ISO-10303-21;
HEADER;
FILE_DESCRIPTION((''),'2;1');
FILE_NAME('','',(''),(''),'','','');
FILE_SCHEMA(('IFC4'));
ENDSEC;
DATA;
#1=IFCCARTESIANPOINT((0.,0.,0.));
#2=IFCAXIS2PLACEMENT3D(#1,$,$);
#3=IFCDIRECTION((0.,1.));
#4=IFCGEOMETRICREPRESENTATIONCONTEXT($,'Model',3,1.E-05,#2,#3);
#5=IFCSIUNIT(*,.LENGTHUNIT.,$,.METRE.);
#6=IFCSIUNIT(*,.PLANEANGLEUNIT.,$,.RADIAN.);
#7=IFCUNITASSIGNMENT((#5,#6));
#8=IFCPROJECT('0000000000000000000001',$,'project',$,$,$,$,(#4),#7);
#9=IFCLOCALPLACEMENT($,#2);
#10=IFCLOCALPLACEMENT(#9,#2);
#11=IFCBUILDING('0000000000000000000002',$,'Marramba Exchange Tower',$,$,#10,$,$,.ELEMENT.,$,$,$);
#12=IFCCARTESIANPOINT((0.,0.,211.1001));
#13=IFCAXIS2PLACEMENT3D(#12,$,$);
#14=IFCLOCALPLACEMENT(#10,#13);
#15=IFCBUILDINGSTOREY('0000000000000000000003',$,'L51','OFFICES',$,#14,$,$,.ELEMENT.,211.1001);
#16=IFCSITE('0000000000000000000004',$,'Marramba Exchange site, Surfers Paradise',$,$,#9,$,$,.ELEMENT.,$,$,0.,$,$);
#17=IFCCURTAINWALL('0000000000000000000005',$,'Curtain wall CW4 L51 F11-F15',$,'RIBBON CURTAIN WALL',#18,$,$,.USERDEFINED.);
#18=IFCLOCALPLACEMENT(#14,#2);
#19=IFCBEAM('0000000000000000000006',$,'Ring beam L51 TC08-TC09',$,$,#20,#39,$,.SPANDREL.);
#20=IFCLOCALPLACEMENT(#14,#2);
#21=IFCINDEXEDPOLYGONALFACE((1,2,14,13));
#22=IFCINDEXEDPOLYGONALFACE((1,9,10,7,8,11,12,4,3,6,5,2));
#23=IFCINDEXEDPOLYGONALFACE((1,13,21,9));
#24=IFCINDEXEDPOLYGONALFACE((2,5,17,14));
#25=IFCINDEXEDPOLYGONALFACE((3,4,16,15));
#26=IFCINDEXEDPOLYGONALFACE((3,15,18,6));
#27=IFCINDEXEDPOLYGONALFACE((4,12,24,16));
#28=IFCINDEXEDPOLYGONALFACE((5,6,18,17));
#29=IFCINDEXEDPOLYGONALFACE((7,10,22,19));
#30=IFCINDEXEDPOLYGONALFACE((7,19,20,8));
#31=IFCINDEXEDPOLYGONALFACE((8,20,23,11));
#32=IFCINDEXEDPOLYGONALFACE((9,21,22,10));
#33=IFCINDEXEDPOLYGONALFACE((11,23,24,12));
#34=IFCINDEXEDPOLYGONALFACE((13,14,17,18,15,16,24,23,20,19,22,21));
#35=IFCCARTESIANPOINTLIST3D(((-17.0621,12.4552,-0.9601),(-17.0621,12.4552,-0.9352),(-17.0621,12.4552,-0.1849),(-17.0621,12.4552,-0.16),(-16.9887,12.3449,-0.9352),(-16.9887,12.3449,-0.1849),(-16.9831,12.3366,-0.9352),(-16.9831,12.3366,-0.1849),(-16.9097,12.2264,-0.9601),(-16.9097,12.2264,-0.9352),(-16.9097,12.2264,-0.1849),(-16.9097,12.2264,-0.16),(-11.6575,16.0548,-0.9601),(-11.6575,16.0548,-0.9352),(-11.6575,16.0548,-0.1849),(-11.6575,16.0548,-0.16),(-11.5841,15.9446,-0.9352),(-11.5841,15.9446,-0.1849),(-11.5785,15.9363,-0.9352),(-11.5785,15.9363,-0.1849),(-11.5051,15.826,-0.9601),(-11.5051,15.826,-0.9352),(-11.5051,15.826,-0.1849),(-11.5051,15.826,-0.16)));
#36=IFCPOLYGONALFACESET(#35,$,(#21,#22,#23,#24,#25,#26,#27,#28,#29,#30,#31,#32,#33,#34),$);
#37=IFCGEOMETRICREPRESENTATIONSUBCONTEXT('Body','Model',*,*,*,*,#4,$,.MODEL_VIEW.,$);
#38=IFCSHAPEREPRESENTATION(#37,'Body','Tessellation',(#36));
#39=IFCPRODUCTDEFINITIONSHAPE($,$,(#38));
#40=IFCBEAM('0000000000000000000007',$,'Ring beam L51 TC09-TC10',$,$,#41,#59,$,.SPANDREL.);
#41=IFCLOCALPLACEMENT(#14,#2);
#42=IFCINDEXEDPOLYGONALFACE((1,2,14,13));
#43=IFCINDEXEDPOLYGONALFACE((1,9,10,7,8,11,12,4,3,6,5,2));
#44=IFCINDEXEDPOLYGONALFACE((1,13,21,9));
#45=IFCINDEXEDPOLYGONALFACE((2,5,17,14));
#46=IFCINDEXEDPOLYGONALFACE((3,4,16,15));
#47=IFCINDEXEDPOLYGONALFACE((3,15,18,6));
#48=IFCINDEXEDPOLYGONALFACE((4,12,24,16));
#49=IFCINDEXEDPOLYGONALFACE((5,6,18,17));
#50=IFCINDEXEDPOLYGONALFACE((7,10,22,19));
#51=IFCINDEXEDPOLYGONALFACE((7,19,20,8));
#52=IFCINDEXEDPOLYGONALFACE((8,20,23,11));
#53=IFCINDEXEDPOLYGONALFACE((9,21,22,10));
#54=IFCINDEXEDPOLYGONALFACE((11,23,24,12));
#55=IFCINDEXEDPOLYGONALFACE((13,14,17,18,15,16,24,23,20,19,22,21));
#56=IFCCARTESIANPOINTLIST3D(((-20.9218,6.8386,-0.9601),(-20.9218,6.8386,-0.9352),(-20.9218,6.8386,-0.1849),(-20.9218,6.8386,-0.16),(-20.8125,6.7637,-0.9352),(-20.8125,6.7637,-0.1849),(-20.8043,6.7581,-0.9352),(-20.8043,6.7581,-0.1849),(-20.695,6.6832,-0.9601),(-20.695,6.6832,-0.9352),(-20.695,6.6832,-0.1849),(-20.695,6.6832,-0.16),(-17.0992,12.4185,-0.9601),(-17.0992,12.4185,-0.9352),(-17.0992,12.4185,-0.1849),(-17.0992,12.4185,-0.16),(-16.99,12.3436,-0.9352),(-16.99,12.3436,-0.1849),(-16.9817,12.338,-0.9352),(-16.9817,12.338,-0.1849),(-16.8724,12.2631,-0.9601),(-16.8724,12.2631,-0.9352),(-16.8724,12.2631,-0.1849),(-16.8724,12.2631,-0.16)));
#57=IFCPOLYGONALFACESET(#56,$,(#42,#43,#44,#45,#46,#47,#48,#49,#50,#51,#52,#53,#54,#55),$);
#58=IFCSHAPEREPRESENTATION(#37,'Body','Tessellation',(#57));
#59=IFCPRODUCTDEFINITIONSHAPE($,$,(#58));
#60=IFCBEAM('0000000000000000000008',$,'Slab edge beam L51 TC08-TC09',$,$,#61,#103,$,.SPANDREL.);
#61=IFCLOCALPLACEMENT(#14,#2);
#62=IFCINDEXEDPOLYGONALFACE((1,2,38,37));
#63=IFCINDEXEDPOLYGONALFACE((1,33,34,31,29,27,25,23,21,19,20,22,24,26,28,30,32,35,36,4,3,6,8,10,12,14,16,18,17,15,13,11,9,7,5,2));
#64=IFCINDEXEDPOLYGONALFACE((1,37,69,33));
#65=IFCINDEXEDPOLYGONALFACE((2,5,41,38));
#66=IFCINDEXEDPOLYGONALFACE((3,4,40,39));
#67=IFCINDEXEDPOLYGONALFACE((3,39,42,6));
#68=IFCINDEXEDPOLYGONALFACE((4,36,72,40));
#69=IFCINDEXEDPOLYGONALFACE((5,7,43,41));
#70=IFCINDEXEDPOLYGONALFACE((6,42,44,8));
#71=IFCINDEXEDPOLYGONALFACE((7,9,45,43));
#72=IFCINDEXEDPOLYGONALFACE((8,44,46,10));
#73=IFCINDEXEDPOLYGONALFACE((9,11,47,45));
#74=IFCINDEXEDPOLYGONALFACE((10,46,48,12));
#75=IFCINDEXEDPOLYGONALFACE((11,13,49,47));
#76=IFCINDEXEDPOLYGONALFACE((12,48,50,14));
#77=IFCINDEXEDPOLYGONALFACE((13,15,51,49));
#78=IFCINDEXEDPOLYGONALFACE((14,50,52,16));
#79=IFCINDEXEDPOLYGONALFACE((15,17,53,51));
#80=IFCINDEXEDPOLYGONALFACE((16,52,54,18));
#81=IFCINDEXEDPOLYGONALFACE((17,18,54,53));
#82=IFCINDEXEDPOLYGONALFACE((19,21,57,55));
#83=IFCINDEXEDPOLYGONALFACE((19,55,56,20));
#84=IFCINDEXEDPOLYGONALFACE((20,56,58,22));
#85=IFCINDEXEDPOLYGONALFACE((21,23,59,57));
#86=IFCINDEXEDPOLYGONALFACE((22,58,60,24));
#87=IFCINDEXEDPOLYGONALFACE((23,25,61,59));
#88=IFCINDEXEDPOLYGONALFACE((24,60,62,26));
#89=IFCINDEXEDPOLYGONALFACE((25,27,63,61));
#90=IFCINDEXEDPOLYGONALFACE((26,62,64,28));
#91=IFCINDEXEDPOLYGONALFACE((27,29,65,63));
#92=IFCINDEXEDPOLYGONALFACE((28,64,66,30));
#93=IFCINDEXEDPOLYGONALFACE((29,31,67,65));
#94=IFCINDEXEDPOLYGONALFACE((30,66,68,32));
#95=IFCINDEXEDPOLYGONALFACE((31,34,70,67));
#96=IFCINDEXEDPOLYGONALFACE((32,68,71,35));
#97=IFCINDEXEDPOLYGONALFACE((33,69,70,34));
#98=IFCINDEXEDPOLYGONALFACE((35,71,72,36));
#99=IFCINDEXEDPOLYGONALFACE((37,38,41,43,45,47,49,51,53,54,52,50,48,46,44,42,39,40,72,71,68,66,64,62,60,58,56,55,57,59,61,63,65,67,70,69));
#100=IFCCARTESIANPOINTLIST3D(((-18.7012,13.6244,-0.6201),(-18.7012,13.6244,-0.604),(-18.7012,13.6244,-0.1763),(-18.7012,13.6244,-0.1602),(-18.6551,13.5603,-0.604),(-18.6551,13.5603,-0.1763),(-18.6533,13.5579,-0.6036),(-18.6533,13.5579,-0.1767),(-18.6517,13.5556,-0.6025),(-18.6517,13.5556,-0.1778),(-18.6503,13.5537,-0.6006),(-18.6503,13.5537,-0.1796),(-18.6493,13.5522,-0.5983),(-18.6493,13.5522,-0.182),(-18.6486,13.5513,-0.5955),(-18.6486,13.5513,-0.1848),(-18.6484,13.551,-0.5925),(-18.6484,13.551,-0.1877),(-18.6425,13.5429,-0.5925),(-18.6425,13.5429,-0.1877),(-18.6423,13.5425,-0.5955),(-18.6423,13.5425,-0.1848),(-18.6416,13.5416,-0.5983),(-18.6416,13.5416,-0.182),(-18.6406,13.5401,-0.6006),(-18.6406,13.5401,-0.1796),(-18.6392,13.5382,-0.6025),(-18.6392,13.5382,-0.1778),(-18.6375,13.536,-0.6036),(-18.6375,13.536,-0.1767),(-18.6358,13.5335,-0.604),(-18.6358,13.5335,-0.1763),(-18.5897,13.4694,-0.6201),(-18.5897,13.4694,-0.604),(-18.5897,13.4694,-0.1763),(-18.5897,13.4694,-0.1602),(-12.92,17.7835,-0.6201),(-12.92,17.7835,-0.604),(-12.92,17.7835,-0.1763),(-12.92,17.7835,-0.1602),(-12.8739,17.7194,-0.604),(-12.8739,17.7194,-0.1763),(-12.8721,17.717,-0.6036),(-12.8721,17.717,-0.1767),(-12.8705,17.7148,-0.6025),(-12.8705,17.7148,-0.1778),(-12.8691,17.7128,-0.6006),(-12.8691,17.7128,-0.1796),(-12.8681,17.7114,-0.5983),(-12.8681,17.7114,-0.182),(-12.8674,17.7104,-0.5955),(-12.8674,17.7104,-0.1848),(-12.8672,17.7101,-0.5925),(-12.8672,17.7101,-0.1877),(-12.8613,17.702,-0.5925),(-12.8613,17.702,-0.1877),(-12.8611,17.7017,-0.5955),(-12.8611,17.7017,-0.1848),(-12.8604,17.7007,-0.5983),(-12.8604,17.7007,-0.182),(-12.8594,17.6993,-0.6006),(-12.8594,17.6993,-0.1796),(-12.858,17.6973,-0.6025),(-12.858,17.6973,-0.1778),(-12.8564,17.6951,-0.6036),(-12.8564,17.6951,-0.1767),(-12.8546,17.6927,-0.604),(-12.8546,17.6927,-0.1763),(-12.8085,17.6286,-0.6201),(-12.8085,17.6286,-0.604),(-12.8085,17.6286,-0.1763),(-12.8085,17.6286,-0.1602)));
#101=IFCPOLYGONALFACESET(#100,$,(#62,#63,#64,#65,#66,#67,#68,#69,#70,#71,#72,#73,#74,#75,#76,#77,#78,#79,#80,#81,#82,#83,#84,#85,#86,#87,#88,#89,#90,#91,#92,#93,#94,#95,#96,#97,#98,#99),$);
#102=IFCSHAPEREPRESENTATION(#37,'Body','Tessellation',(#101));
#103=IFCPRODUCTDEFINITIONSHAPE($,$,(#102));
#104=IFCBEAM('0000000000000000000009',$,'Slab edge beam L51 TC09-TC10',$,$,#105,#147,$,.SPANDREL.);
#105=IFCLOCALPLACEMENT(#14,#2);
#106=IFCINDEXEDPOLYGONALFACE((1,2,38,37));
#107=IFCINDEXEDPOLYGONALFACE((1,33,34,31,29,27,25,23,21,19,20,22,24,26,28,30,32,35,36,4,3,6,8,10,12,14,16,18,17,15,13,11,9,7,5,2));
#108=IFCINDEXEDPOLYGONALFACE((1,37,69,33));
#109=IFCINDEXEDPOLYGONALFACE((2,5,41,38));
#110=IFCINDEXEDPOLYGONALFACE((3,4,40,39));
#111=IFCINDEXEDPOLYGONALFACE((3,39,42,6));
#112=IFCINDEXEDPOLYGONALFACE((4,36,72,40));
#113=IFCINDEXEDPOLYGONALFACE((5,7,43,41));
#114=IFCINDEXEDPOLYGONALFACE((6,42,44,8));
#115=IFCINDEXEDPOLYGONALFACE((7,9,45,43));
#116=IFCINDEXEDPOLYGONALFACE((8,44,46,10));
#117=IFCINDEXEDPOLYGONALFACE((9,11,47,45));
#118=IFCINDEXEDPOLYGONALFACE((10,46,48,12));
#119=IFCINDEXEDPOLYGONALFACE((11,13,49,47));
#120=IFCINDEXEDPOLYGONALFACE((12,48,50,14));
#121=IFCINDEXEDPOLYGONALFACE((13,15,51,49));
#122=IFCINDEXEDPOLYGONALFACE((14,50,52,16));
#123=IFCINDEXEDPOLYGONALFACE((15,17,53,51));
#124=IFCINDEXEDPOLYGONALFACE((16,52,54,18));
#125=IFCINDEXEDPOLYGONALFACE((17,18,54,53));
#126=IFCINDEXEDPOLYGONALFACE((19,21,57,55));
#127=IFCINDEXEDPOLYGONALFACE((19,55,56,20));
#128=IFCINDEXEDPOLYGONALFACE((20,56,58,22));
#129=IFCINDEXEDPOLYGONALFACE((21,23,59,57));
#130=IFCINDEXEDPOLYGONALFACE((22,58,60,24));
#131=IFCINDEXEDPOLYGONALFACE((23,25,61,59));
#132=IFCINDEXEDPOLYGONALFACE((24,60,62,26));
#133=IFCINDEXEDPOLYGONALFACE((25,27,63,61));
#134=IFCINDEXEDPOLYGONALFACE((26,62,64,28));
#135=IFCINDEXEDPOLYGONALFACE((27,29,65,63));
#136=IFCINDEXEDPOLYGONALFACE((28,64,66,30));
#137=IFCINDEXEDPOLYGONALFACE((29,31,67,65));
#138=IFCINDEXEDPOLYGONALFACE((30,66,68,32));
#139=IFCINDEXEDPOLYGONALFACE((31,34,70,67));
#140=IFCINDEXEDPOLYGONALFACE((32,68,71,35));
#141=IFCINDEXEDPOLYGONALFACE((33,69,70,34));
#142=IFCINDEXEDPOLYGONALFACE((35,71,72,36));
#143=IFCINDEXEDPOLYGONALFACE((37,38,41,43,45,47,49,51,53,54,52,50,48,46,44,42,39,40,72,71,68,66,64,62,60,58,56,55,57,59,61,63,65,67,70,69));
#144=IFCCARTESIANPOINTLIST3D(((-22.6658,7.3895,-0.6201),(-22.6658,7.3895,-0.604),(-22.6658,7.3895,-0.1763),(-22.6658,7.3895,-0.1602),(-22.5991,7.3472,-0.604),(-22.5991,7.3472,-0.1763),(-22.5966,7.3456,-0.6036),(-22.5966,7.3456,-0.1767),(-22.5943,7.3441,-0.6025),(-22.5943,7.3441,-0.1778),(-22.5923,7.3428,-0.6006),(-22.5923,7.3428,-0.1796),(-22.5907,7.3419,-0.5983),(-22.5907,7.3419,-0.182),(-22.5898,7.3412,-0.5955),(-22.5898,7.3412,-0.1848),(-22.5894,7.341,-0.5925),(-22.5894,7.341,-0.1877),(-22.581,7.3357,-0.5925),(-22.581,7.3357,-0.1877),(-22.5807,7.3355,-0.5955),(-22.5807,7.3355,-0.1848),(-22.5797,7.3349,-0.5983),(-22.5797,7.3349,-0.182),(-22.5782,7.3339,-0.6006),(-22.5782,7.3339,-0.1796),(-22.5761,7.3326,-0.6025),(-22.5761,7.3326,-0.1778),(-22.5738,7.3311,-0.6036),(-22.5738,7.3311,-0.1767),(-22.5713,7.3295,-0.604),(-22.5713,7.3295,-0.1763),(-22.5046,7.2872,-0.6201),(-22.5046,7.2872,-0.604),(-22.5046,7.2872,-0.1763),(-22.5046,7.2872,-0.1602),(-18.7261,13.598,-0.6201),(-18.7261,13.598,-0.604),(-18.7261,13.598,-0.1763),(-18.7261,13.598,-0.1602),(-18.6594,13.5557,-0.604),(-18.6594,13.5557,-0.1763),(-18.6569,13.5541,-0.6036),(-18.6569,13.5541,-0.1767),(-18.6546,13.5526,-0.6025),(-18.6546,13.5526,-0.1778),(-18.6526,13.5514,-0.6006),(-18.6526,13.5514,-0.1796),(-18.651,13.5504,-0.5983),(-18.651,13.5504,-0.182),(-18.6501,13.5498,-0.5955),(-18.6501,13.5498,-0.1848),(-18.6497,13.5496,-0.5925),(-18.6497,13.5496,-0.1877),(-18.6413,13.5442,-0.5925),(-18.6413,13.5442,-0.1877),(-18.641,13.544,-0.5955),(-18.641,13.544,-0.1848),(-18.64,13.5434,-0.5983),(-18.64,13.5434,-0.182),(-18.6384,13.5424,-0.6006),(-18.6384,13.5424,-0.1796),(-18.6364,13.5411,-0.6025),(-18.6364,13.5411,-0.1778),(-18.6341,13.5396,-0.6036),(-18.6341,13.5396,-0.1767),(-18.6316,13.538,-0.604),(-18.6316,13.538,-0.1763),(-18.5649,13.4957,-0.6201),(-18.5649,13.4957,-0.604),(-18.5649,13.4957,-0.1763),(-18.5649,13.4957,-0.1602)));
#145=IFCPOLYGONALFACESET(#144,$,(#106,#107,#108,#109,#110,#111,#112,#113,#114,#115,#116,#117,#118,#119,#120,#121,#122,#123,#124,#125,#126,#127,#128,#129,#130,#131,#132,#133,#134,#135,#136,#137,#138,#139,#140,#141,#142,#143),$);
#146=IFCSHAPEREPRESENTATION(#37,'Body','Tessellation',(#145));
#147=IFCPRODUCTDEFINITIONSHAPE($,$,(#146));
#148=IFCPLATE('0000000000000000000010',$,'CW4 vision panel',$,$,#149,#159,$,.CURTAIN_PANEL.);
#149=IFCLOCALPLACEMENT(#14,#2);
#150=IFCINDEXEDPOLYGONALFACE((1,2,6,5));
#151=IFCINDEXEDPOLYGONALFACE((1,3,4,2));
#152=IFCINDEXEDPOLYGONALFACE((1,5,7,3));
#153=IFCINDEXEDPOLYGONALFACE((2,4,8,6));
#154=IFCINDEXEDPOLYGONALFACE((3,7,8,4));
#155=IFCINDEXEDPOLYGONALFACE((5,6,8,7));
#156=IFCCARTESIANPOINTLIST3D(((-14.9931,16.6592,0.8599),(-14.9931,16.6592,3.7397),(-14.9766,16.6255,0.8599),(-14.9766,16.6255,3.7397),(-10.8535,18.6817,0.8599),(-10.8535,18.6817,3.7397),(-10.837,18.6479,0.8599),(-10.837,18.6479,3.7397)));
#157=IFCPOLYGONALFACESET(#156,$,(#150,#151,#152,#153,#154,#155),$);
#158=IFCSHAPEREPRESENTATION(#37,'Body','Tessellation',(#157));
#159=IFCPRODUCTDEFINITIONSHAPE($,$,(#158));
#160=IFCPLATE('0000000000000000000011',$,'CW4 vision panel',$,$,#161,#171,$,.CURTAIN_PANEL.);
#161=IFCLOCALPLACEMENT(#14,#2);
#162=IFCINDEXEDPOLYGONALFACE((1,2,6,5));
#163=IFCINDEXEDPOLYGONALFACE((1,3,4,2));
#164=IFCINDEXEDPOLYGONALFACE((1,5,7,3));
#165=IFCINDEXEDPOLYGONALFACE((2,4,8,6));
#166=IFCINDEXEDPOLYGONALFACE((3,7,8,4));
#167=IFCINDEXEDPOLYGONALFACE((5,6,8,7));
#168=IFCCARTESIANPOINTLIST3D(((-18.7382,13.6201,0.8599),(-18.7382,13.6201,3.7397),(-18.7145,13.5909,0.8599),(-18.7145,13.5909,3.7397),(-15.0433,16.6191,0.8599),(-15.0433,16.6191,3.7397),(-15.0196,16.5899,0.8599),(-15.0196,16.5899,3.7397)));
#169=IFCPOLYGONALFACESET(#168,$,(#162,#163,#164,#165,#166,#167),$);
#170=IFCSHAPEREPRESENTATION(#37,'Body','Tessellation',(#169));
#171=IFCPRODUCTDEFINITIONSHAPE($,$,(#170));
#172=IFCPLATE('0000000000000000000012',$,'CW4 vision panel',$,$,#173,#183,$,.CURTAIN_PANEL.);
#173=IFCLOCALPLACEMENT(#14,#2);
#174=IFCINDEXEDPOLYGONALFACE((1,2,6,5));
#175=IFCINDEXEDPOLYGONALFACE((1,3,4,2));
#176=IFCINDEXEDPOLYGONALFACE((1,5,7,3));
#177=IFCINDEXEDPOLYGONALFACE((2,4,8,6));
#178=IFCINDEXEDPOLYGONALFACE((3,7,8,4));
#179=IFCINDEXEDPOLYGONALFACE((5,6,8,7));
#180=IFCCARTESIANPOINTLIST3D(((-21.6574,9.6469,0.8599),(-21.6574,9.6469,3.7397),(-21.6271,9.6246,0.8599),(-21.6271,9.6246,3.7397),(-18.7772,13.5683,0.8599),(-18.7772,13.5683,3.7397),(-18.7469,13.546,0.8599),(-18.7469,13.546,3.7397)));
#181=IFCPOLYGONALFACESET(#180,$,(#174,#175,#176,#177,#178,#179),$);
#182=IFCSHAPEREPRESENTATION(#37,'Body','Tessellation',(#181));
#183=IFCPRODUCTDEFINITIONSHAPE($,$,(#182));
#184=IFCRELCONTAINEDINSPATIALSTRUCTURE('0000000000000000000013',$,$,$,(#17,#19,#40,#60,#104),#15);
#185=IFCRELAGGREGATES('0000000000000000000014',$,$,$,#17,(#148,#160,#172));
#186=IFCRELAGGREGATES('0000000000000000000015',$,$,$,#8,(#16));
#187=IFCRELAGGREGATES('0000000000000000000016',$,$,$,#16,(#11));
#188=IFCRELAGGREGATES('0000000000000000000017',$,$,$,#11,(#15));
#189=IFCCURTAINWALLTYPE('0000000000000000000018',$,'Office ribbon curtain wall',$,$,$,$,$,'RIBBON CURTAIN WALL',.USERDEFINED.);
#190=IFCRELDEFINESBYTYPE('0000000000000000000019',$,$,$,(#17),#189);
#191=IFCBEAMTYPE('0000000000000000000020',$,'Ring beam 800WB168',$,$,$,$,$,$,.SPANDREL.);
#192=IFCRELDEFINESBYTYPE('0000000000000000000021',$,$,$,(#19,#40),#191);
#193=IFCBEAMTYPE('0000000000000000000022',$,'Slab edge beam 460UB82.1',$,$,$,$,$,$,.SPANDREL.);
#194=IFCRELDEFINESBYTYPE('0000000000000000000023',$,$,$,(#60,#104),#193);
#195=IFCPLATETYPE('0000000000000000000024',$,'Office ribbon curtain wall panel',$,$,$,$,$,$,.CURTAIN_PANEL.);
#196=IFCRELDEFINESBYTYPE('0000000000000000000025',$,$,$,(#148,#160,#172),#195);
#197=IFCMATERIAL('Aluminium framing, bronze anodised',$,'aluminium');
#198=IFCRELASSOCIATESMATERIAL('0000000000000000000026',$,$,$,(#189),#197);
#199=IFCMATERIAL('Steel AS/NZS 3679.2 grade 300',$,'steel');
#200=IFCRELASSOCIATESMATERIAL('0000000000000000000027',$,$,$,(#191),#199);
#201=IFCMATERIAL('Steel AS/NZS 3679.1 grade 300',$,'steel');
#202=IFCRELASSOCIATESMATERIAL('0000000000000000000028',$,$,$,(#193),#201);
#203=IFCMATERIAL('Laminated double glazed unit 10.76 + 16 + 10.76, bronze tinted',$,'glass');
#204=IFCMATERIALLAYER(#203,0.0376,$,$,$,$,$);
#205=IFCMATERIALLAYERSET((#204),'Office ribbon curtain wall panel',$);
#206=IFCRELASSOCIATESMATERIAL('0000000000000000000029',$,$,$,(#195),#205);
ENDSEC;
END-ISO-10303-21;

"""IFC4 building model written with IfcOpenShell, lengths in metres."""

from ifc_helpers import new_model, si_unit, direction, frame, origin, origin_2d, place, context, subcontext, project, spatial, rectangle, i_section, extrude, material, layer, layer_set, material_profile, profile_set, type_object, element, aggregate, save


model = new_model("IFC4")

# Units and contexts
model_context = context("Model", 3, precision=1e-05, world=origin(), true_north=direction((0.0, 1.0)))
body_context = subcontext(model_context, "Body", "Model", "MODEL_VIEW")
ifc_project = project(units=[si_unit("LENGTHUNIT", "METRE"), si_unit("PLANEANGLEUNIT", "RADIAN")], contexts=[model_context])

# Site, building, storey
site_placement = place(None, origin())
site = spatial("IfcSite", under=ifc_project, at=site_placement, Name="Marramba Exchange site, Surfers Paradise", CompositionType="ELEMENT", RefElevation=0.0)
building_placement = place(site_placement, origin())
building = spatial("IfcBuilding", under=site, at=building_placement, Name="Marramba Exchange Tower", CompositionType="ELEMENT")
storey_placement = place(building_placement, frame((0.0, 0.0, 211.1001)))
storey = spatial("IfcBuildingStorey", under=building, at=storey_placement, Name="L51", Description="OFFICES", CompositionType="ELEMENT", Elevation=211.1001)

# Shared definitions
ifc_material_1 = material(Name="Steel AS/NZS 3679.2 grade 300", Category="steel")
ifc_material_2 = material(Name="Steel AS/NZS 3679.1 grade 300", Category="steel")

# Curtain wall
ifc_material_3 = material(Name="Aluminium framing, bronze anodised", Category="aluminium")
curtain_wall_type = type_object("IfcCurtainWallType", Name="Office ribbon curtain wall", ElementType="RIBBON CURTAIN WALL", PredefinedType="USERDEFINED", material=ifc_material_3)
curtain_wall_placement = place(storey_placement, origin())
curtain_wall = element("IfcCurtainWall", 1, at=curtain_wall_placement, inside=storey, type_object=curtain_wall_type, Name="Curtain wall CW4 L51 F11-F15", ObjectType="RIBBON CURTAIN WALL", PredefinedType="USERDEFINED")

# Beams
ifc_material_profile_1 = material_profile(ifc_material_1, i_section(OverallWidth=0.2749, OverallDepth=0.8, WebThickness=0.01, FlangeThickness=0.0249, at=origin_2d()), Name="800WB168")
ifc_profile_set_1 = profile_set([ifc_material_profile_1], Name="Steel AS/NZS 3679.2 grade 300")
beam_type_1 = type_object("IfcBeamType", Name="Ring beam 800WB168", PredefinedType="SPANDREL", material=ifc_profile_set_1)
beam_1_placement = place(storey_placement, frame((-11.5813, 15.9404, -0.5601), z_axis=(-0.832293, -0.554336, 0.0), x_axis=(0.554336, -0.832293, 0.0)))
element("IfcBeam", 2, at=beam_1_placement, inside=storey, type_object=beam_type_1, Name="Ring beam L51 TC08-TC09", PredefinedType="SPANDREL", context=body_context, shape_type="SweptSolid", body=[
    extrude(i_section(OverallWidth=0.2749, OverallDepth=0.8, WebThickness=0.01, FlangeThickness=0.0249, at=origin_2d()), origin(), (0.0, 0.0, 1.0), 6.4937),
])
beam_2_placement = place(storey_placement, frame((-16.9858, 12.3408, -0.5601), z_axis=(-0.56516, -0.824981, 0.0), x_axis=(0.824981, -0.56516, 0.0)))
element("IfcBeam", 3, at=beam_2_placement, inside=storey, type_object=beam_type_1, Name="Ring beam L51 TC09-TC10", PredefinedType="SPANDREL", context=body_context, shape_type="SweptSolid", body=[
    extrude(i_section(OverallWidth=0.2749, OverallDepth=0.8, WebThickness=0.01, FlangeThickness=0.0249, at=origin_2d()), origin(), (0.0, 0.0, 1.0), 6.7637),
])
ifc_material_profile_2 = material_profile(ifc_material_2, i_section(OverallWidth=0.1909, OverallDepth=0.46, WebThickness=0.01, FlangeThickness=0.0161, FilletRadius=0.0115, at=origin_2d()), Name="460UB82.1")
ifc_profile_set_2 = profile_set([ifc_material_profile_2], Name="Steel AS/NZS 3679.1 grade 300")
beam_type_2 = type_object("IfcBeamType", Name="Slab edge beam 460UB82.1", PredefinedType="SPANDREL", material=ifc_profile_set_2)
beam_3_placement = place(storey_placement, frame((-12.8643, 17.7061, -0.3901), z_axis=(-0.811755, -0.583998, 0.0), x_axis=(0.583998, -0.811755, 0.0)))
element("IfcBeam", 4, at=beam_3_placement, inside=storey, type_object=beam_type_2, Name="Slab edge beam L51 TC08-TC09", PredefinedType="SPANDREL", context=body_context, shape_type="SweptSolid", body=[
    extrude(i_section(OverallWidth=0.1909, OverallDepth=0.46, WebThickness=0.01, FlangeThickness=0.0161, FilletRadius=0.0115, at=origin_2d()), origin(), (0.0, 0.0, 1.0), 7.1218),
])
beam_4_placement = place(storey_placement, frame((-18.6455, 13.5469, -0.3901), z_axis=(-0.535794, -0.844348, 0.0), x_axis=(0.844348, -0.535794, 0.0)))
element("IfcBeam", 5, at=beam_4_placement, inside=storey, type_object=beam_type_2, Name="Slab edge beam L51 TC09-TC10", PredefinedType="SPANDREL", context=body_context, shape_type="SweptSolid", body=[
    extrude(i_section(OverallWidth=0.1909, OverallDepth=0.46, WebThickness=0.01, FlangeThickness=0.0161, FilletRadius=0.0115, at=origin_2d()), origin(), (0.0, 0.0, 1.0), 7.353),
])

# Plates
ifc_material_4 = material(Name="Laminated double glazed unit 10.76 + 16 + 10.76, bronze tinted", Category="glass")
ifc_layer_1 = layer(ifc_material_4, 0.0376)
ifc_layer_set_1 = layer_set([ifc_layer_1], Name="Office ribbon curtain wall panel")
plate_type = type_object("IfcPlateType", Name="Office ribbon curtain wall panel", PredefinedType="CURTAIN_PANEL", material=ifc_layer_set_1)
plate_1_placement = place(storey_placement, frame((-12.915, 17.6536, 0.8599), z_axis=(0.0, 0.0, 1.0), x_axis=(-0.898501, -0.438972, 0.0)))
plate_1 = element("IfcPlate", 6, at=plate_1_placement, type_object=plate_type, Name="CW4 vision panel", PredefinedType="CURTAIN_PANEL", context=body_context, shape_type="SweptSolid", body=[
    extrude(rectangle(XDim=4.6072, YDim=0.0376, at=origin_2d()), origin(), (0.0, 0.0, 1.0), 2.8799),
])
plate_2_placement = place(storey_placement, frame((-16.8789, 15.105, 0.8599), z_axis=(0.0, 0.0, 1.0), x_axis=(-0.776432, -0.630201, 0.0)))
plate_2 = element("IfcPlate", 7, at=plate_2_placement, type_object=plate_type, Name="CW4 vision panel", PredefinedType="CURTAIN_PANEL", context=body_context, shape_type="SweptSolid", body=[
    extrude(rectangle(XDim=4.7588, YDim=0.0376, at=origin_2d()), origin(), (0.0, 0.0, 1.0), 2.8799),
])
plate_3_placement = place(storey_placement, frame((-20.2021, 11.5964, 0.8599), z_axis=(0.0, 0.0, 1.0), x_axis=(-0.591963, -0.805965, 0.0)))
plate_3 = element("IfcPlate", 8, at=plate_3_placement, type_object=plate_type, Name="CW4 vision panel", PredefinedType="CURTAIN_PANEL", context=body_context, shape_type="SweptSolid", body=[
    extrude(rectangle(XDim=4.8655, YDim=0.0376, at=origin_2d()), origin(), (0.0, 0.0, 1.0), 2.8799),
])
aggregate(curtain_wall, [plate_1, plate_2, plate_3])

save(model, "model.ifc")
